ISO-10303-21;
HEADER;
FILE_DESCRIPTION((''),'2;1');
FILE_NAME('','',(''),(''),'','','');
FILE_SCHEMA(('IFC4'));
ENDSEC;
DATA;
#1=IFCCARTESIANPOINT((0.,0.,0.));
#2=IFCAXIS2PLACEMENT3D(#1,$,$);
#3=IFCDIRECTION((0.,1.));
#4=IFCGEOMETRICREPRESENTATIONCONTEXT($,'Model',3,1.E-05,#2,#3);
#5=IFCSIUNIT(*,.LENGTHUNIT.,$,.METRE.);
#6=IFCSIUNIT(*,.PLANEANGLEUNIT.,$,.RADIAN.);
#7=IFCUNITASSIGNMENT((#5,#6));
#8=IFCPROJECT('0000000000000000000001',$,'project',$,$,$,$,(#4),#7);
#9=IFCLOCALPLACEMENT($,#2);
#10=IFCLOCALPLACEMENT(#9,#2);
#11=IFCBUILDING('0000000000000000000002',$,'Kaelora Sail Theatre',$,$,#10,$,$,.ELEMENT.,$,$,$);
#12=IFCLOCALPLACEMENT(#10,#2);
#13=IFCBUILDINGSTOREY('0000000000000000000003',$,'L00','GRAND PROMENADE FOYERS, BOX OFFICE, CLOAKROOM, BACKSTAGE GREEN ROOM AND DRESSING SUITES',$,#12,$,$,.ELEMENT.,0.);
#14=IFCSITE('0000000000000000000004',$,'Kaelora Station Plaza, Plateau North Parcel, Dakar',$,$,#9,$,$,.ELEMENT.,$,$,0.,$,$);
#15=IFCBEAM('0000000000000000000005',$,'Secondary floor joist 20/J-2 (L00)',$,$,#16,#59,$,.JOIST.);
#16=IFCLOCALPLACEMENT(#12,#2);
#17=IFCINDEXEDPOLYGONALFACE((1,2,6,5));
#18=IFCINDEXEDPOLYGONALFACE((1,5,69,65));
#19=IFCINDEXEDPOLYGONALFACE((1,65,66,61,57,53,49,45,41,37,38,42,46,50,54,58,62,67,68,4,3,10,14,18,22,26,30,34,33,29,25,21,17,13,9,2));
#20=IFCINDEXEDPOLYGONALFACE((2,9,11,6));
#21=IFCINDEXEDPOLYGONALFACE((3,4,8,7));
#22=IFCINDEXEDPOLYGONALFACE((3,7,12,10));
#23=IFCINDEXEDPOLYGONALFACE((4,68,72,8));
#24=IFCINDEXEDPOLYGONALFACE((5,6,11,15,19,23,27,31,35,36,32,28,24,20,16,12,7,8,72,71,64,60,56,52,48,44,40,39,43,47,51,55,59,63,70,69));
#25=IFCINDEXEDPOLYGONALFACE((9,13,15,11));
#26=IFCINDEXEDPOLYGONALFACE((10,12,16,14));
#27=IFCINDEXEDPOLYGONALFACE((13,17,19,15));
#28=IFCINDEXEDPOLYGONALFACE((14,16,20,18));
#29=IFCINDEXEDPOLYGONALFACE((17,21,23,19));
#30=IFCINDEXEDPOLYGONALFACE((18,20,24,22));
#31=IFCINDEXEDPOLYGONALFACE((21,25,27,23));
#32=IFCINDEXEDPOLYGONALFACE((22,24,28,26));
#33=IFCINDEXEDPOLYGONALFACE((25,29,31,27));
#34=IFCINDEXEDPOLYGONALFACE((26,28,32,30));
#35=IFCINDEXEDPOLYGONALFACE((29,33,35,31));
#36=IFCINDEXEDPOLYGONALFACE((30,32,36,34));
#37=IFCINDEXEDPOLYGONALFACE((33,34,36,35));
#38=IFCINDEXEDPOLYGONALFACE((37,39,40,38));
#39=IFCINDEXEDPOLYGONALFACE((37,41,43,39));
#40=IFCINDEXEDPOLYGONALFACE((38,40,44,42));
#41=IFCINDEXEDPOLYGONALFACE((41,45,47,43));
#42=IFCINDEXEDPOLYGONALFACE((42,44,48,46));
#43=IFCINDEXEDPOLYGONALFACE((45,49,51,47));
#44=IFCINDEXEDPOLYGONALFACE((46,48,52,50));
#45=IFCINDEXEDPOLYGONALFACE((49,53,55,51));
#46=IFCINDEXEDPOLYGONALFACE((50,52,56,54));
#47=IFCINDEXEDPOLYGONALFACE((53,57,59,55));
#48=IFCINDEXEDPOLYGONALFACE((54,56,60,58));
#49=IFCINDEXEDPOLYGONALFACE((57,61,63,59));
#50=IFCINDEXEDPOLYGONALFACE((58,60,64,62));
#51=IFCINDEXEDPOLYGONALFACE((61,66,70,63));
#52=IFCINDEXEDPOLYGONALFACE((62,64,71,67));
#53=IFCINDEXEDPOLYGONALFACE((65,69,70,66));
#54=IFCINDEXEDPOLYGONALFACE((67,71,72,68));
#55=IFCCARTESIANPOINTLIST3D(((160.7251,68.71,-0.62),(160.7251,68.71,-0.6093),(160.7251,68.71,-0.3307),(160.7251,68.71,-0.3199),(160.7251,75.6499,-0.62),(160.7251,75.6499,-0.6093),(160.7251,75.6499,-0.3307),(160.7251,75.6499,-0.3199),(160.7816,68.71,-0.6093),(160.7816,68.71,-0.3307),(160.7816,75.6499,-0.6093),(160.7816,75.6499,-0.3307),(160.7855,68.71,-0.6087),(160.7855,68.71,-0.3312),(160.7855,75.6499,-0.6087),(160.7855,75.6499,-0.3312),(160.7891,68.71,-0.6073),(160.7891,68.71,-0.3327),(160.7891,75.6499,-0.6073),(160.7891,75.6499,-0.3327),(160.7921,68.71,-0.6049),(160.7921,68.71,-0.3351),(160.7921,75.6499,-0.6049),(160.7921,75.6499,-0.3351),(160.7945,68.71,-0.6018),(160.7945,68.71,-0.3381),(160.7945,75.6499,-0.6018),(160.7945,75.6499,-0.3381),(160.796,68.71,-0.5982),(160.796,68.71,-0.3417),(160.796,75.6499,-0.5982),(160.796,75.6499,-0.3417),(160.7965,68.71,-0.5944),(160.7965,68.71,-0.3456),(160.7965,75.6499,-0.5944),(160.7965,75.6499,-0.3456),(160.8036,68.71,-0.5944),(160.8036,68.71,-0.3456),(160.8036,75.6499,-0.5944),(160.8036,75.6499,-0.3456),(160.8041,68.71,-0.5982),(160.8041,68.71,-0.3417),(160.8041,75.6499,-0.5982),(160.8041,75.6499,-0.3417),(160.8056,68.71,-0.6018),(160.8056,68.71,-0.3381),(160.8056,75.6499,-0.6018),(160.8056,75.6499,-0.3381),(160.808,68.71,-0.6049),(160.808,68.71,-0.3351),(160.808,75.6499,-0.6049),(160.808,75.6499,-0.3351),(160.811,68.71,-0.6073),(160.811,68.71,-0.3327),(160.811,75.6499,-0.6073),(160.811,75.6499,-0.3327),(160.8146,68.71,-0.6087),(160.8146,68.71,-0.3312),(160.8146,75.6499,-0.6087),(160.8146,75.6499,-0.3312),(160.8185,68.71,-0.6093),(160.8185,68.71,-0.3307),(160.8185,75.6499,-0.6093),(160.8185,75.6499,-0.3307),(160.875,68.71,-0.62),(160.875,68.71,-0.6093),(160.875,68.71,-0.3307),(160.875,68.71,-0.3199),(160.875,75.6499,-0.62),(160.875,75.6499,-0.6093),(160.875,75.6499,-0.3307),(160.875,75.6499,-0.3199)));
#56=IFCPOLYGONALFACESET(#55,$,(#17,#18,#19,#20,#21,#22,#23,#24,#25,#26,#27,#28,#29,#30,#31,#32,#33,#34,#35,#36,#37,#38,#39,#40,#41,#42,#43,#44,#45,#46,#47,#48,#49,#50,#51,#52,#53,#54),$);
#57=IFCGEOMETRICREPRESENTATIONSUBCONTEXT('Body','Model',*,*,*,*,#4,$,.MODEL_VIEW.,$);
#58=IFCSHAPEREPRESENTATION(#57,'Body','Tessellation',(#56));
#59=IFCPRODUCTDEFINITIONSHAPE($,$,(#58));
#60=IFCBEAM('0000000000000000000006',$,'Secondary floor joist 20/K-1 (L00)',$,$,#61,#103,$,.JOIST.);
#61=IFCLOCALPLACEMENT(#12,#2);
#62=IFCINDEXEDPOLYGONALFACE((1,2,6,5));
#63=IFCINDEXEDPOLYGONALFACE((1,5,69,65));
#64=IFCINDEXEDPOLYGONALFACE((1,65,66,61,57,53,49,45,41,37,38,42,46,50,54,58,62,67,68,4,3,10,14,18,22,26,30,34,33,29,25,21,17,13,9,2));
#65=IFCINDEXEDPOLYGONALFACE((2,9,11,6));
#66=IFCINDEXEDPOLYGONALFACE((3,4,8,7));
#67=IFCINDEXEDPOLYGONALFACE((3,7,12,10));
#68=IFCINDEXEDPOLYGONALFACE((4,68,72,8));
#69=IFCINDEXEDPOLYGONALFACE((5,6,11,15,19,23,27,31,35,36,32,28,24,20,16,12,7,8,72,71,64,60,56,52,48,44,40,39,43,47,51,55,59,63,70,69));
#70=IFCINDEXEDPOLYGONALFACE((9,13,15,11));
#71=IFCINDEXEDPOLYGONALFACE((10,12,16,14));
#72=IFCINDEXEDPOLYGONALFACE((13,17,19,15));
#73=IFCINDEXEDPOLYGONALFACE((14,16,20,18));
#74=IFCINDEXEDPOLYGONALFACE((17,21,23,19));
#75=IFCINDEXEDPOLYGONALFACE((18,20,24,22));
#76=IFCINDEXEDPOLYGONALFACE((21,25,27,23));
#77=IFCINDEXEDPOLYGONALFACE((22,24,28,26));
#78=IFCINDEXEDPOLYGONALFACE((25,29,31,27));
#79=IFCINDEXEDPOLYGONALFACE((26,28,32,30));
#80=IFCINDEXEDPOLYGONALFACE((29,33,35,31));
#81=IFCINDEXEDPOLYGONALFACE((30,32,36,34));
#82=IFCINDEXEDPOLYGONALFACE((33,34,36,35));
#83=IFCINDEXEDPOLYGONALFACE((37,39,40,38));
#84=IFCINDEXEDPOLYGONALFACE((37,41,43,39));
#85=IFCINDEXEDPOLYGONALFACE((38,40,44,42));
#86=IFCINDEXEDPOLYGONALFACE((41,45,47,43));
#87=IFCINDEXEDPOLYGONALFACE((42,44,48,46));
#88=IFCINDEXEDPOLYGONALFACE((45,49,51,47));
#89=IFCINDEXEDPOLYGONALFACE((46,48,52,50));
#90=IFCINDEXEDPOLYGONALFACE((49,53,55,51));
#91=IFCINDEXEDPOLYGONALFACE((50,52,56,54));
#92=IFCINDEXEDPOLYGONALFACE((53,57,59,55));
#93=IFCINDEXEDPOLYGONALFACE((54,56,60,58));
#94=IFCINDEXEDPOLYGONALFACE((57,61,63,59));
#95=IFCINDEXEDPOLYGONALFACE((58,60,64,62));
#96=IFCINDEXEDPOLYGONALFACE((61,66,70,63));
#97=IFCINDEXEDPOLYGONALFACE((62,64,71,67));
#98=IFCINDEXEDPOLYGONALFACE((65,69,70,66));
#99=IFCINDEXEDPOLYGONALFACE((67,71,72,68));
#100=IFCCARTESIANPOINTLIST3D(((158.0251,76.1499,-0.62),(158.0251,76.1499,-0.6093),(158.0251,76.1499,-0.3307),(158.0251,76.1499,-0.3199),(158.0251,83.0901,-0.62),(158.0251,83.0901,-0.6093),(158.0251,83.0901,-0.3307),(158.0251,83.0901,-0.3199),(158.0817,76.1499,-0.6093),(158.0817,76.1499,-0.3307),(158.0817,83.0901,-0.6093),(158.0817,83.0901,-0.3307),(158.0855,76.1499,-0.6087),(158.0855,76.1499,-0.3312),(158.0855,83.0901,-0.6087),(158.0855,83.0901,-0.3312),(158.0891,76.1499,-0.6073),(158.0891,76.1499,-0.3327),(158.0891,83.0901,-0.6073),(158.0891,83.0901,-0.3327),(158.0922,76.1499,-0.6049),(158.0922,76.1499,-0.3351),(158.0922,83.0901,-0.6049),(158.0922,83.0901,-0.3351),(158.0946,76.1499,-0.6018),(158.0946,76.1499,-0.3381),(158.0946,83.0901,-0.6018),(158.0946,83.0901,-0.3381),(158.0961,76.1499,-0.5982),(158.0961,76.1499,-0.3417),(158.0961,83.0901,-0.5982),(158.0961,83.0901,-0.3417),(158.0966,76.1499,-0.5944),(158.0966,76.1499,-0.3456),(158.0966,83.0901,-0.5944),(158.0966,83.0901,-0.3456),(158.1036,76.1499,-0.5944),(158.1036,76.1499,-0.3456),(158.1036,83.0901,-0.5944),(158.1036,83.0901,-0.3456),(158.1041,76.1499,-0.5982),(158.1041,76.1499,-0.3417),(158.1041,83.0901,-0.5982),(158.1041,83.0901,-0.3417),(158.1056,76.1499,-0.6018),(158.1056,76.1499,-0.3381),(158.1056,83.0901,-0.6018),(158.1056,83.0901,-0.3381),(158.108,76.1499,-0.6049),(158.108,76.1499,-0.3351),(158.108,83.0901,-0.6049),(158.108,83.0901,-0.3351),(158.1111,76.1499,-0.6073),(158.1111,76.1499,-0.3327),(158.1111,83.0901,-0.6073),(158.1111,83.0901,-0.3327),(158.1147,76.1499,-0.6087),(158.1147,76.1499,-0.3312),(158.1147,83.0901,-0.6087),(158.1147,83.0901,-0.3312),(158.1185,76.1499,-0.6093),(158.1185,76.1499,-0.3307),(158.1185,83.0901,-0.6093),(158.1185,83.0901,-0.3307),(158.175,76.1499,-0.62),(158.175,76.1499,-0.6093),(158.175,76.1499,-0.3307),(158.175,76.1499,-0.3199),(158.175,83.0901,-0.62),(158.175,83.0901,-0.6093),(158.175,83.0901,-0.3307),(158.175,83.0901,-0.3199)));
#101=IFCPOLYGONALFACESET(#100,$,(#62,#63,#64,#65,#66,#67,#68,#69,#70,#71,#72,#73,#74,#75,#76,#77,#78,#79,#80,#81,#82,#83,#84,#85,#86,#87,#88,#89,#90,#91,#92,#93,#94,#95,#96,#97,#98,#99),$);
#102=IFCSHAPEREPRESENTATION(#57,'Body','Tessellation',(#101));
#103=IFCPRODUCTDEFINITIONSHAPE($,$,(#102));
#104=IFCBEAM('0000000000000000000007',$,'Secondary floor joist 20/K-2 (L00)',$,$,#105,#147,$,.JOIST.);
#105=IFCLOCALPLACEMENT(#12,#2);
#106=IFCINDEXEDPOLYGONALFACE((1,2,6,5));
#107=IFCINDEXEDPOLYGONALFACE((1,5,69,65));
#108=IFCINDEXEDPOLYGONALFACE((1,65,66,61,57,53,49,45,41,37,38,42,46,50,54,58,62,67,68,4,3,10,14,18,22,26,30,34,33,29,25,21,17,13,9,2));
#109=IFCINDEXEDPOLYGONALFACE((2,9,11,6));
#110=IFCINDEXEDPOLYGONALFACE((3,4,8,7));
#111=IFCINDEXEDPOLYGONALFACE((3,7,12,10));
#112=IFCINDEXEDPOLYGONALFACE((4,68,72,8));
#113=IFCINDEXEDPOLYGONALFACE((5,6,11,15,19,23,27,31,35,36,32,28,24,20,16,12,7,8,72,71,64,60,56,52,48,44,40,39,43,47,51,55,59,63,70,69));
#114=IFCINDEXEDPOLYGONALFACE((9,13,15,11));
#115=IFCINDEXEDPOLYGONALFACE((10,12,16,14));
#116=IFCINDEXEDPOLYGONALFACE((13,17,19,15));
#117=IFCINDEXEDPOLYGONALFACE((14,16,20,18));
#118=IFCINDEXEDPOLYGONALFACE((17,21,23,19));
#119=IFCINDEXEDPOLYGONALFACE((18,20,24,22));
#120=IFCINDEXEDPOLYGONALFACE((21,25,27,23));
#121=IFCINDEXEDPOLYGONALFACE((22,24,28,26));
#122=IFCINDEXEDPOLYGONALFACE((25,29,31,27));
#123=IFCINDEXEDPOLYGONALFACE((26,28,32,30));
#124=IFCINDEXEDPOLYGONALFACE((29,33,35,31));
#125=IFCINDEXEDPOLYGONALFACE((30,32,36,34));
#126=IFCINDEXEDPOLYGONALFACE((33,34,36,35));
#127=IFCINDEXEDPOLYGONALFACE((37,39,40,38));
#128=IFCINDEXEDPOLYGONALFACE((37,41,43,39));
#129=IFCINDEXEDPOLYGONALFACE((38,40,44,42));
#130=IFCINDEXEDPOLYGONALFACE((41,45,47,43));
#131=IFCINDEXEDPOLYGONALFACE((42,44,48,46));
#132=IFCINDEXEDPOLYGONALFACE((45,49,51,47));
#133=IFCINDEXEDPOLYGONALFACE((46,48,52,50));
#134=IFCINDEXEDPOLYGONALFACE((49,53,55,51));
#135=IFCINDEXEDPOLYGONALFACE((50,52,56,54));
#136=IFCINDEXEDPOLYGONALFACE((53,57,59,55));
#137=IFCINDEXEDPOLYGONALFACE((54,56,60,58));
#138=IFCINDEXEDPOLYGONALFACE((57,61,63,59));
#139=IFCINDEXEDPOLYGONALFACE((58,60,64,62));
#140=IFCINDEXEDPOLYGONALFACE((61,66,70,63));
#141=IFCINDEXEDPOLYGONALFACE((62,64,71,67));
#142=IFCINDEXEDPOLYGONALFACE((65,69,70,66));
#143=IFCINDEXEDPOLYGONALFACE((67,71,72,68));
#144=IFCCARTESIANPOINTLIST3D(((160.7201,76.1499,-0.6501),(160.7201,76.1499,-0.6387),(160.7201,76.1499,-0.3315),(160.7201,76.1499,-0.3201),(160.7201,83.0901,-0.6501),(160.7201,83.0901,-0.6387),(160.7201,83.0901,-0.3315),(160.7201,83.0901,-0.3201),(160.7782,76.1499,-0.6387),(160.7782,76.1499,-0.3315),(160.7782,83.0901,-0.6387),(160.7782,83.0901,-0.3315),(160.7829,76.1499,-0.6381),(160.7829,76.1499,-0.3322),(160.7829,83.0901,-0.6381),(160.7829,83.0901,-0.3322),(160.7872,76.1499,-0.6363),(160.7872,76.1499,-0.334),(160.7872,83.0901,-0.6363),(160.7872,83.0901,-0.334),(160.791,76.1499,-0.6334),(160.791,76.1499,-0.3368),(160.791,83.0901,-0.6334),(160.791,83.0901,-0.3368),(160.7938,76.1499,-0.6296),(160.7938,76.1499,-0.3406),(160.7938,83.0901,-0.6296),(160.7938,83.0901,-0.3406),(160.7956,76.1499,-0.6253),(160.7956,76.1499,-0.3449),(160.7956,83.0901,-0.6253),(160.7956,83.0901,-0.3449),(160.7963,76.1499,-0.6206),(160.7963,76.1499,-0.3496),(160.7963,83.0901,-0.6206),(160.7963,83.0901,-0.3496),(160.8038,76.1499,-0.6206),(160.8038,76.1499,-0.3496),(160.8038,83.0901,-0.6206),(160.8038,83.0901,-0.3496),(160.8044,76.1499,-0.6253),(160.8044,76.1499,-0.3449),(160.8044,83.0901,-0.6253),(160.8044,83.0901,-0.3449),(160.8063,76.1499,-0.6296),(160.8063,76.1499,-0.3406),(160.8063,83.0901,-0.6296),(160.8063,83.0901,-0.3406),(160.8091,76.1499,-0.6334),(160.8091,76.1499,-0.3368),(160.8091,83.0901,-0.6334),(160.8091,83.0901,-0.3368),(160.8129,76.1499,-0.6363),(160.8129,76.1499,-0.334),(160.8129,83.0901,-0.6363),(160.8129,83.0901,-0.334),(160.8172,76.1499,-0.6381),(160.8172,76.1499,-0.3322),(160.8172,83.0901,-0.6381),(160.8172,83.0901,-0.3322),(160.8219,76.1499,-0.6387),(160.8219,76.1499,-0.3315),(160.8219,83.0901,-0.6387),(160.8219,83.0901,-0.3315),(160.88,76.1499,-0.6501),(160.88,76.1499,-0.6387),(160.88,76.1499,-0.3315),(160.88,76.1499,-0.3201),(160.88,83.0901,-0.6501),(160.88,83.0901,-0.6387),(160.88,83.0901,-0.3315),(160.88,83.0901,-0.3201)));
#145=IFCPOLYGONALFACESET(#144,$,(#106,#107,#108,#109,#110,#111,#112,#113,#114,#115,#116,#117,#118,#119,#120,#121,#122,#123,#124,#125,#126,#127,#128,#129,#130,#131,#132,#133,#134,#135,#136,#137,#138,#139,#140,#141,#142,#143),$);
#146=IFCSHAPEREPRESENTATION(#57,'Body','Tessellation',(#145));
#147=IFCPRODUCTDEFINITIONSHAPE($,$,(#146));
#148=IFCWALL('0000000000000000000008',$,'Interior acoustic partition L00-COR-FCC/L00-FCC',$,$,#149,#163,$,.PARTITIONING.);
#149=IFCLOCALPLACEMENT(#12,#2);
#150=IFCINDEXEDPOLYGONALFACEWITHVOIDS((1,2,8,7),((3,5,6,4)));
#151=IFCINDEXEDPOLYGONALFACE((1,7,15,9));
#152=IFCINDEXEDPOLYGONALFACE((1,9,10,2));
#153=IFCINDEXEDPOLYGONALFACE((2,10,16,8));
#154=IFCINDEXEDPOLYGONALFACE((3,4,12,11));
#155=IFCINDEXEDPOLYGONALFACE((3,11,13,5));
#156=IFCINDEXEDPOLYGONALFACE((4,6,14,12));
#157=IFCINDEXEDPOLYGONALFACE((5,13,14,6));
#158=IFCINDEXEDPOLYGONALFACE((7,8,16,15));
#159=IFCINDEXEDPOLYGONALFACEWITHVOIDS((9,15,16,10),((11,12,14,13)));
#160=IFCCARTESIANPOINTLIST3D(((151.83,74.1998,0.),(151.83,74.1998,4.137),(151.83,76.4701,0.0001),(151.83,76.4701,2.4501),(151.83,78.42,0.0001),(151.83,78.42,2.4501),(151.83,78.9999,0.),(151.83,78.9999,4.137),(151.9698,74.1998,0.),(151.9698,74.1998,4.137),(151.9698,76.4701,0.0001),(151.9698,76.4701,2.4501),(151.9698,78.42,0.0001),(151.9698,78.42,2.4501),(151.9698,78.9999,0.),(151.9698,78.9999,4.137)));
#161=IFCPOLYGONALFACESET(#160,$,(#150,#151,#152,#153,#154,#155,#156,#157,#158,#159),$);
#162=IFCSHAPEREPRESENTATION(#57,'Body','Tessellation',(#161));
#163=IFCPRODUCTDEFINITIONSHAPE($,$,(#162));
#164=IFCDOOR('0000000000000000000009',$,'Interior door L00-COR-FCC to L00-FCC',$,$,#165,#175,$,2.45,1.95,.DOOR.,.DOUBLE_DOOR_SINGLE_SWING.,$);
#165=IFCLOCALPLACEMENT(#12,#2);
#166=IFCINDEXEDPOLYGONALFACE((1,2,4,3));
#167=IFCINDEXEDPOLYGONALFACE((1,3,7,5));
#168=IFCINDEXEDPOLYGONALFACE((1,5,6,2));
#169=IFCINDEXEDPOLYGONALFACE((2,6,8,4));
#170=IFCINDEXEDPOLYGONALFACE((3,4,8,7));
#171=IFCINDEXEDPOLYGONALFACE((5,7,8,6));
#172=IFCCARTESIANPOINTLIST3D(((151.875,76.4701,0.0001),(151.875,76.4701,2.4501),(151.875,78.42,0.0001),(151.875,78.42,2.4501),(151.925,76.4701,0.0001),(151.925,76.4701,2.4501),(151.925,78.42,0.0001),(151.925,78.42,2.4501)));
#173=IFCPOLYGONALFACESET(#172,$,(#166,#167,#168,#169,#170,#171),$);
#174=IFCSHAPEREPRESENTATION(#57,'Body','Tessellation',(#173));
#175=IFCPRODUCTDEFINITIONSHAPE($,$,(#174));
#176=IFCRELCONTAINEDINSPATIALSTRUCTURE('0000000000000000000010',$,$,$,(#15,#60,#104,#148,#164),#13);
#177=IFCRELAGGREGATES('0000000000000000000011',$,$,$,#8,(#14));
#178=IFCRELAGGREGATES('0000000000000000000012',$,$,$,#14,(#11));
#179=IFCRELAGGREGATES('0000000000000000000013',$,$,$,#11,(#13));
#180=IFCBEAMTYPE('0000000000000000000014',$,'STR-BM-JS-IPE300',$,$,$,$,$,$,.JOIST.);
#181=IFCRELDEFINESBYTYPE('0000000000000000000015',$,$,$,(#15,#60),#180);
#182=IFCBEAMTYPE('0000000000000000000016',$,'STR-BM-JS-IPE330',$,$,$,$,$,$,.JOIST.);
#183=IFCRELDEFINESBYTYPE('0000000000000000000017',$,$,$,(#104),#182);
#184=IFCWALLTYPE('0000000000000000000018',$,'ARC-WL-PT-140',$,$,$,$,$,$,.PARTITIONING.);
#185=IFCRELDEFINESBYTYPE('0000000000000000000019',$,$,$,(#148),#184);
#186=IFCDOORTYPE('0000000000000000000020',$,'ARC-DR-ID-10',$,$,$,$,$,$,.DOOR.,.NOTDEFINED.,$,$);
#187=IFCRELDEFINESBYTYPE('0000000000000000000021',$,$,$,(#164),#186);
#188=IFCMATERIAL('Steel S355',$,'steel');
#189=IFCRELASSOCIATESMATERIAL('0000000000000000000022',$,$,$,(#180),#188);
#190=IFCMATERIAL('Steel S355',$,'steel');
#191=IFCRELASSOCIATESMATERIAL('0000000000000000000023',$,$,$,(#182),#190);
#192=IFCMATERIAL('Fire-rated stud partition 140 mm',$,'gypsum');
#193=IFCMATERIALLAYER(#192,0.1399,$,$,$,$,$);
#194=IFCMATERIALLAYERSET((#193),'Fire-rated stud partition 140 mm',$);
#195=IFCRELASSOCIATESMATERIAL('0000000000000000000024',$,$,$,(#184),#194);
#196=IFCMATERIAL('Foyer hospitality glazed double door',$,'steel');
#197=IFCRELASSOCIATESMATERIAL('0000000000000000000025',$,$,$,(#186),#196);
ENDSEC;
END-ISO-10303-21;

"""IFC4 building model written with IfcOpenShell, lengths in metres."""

from ifc_helpers import new_model, si_unit, direction, frame, frame_2d, origin, origin_2d, place, context, subcontext, project, spatial, rectangle, i_section, extrude, material, layer, layer_set, material_profile, profile_set, type_object, element, fill, save


model = new_model("IFC4")

# Units and contexts
model_context = context("Model", 3, precision=1e-05, world=origin(), true_north=direction((0.0, 1.0)))
body_context = subcontext(model_context, "Body", "Model", "MODEL_VIEW")
ifc_project = project(units=[si_unit("LENGTHUNIT", "METRE"), si_unit("PLANEANGLEUNIT", "RADIAN")], contexts=[model_context])

# Site, building, storey
site_placement = place(None, origin())
site = spatial("IfcSite", under=ifc_project, at=site_placement, Name="Kaelora Station Plaza, Plateau North Parcel, Dakar", CompositionType="ELEMENT", RefElevation=0.0)
building_placement = place(site_placement, origin())
building = spatial("IfcBuilding", under=site, at=building_placement, Name="Kaelora Sail Theatre", CompositionType="ELEMENT")
storey_placement = place(building_placement, origin())
storey = spatial("IfcBuildingStorey", under=building, at=storey_placement, Name="L00", Description="GRAND PROMENADE FOYERS, BOX OFFICE, CLOAKROOM, BACKSTAGE GREEN ROOM AND DRESSING SUITES", CompositionType="ELEMENT", Elevation=0.0)

# Beams
ifc_material_1 = material(Name="Steel S355", Category="steel")
ifc_material_profile_1 = material_profile(ifc_material_1, i_section(OverallWidth=0.1499, OverallDepth=0.3, WebThickness=0.0071, FlangeThickness=0.0107, FilletRadius=0.0149, at=origin_2d()), Name="IPE 300")
ifc_profile_set_1 = profile_set([ifc_material_profile_1], Name="Steel S355")
beam_type_1 = type_object("IfcBeamType", Name="STR-BM-JS-IPE300", PredefinedType="JOIST", material=ifc_profile_set_1)
beam_1_placement = place(storey_placement, frame((160.8, 68.71, -0.47), z_axis=(0.0, 1.0, 0.0), x_axis=(-1.0, 0.0, 0.0)))
element("IfcBeam", 1, at=beam_1_placement, inside=storey, type_object=beam_type_1, Name="Secondary floor joist 20/J-2 (L00)", PredefinedType="JOIST", context=body_context, shape_type="SweptSolid", body=[
    extrude(i_section(OverallWidth=0.1499, OverallDepth=0.3, WebThickness=0.0071, FlangeThickness=0.0107, FilletRadius=0.0149, at=origin_2d()), origin(), (0.0, 0.0, 1.0), 6.9399),
])
beam_2_placement = place(storey_placement, frame((158.1001, 76.1499, -0.47), z_axis=(0.0, 1.0, 0.0), x_axis=(-1.0, 0.0, 0.0)))
element("IfcBeam", 2, at=beam_2_placement, inside=storey, type_object=beam_type_1, Name="Secondary floor joist 20/K-1 (L00)", PredefinedType="JOIST", context=body_context, shape_type="SweptSolid", body=[
    extrude(i_section(OverallWidth=0.1499, OverallDepth=0.3, WebThickness=0.0071, FlangeThickness=0.0107, FilletRadius=0.0149, at=origin_2d()), origin(), (0.0, 0.0, 1.0), 6.9402),
])
ifc_material_2 = material(Name="Steel S355", Category="steel")
ifc_material_profile_2 = material_profile(ifc_material_2, i_section(OverallWidth=0.1599, OverallDepth=0.3301, WebThickness=0.0076, FlangeThickness=0.0115, FilletRadius=0.0181, at=origin_2d()), Name="IPE 330")
ifc_profile_set_2 = profile_set([ifc_material_profile_2], Name="Steel S355")
beam_type_2 = type_object("IfcBeamType", Name="STR-BM-JS-IPE330", PredefinedType="JOIST", material=ifc_profile_set_2)
beam_3_placement = place(storey_placement, frame((160.8, 76.1499, -0.4851), z_axis=(0.0, 1.0, 0.0), x_axis=(-1.0, 0.0, 0.0)))
element("IfcBeam", 3, at=beam_3_placement, inside=storey, type_object=beam_type_2, Name="Secondary floor joist 20/K-2 (L00)", PredefinedType="JOIST", context=body_context, shape_type="SweptSolid", body=[
    extrude(i_section(OverallWidth=0.1599, OverallDepth=0.3301, WebThickness=0.0076, FlangeThickness=0.0115, FilletRadius=0.0181, at=origin_2d()), origin(), (0.0, 0.0, 1.0), 6.9402),
])

# Wall, opening, door
ifc_material_3 = material(Name="Fire-rated stud partition 140 mm", Category="gypsum")
ifc_layer_1 = layer(ifc_material_3, 0.1399)
ifc_layer_set_1 = layer_set([ifc_layer_1], Name="Fire-rated stud partition 140 mm")
wall_type_1 = type_object("IfcWallType", Name="ARC-WL-PT-140", PredefinedType="PARTITIONING", material=ifc_layer_set_1)
wall_1_placement = place(storey_placement, frame((151.8999, 74.2, 0.0), z_axis=(0.0, 0.0, 1.0), x_axis=(0.0, 1.0, 0.0)))
wall_1 = element("IfcWall", 4, at=wall_1_placement, inside=storey, type_object=wall_type_1, Name="Interior acoustic partition L00-COR-FCC/L00-FCC", PredefinedType="PARTITIONING", context=body_context, shape_type="SweptSolid", body=[
    extrude(rectangle(XDim=4.8, YDim=0.1399, at=frame_2d((2.3999, 0.0))), origin(), (0.0, 0.0, 1.0), 4.137),
])
opening_1_placement = place(wall_1_placement, frame((2.27, 0.0, 0.0)))
opening_1 = element("IfcOpeningElement", 5, at=opening_1_placement, cuts=wall_1, PredefinedType="OPENING", context=body_context, shape_type="SweptSolid", body=[
    extrude(rectangle(XDim=1.95, YDim=2.45, at=frame_2d((0.9751, 1.2251))), frame((0.0, 0.0798, 0.0), z_axis=(0.0, -1.0, 0.0), x_axis=(1.0, 0.0, 0.0)), (0.0, 0.0, 1.0), 0.1599),
])
ifc_material_4 = material(Name="Foyer hospitality glazed double door", Category="steel")
door_type_1 = type_object("IfcDoorType", Name="ARC-DR-ID-10", OperationType="NOTDEFINED", PredefinedType="DOOR", material=ifc_material_4)
door_1_placement = place(opening_1_placement, origin())
door_1 = element("IfcDoor", 6, at=door_1_placement, inside=storey, type_object=door_type_1, Name="Interior door L00-COR-FCC to L00-FCC", OperationType="DOUBLE_DOOR_SINGLE_SWING", OverallHeight=2.45, OverallWidth=1.95, PredefinedType="DOOR", context=body_context, shape_type="SweptSolid", body=[
    extrude(rectangle(XDim=1.95, YDim=2.45, at=frame_2d((0.9751, 1.2251))), frame((0.0, 0.0249, 0.0), z_axis=(0.0, -1.0, 0.0), x_axis=(1.0, 0.0, 0.0)), (0.0, 0.0, 1.0), 0.05),
])
fill(opening_1, door_1)

save(model, "model.ifc")
